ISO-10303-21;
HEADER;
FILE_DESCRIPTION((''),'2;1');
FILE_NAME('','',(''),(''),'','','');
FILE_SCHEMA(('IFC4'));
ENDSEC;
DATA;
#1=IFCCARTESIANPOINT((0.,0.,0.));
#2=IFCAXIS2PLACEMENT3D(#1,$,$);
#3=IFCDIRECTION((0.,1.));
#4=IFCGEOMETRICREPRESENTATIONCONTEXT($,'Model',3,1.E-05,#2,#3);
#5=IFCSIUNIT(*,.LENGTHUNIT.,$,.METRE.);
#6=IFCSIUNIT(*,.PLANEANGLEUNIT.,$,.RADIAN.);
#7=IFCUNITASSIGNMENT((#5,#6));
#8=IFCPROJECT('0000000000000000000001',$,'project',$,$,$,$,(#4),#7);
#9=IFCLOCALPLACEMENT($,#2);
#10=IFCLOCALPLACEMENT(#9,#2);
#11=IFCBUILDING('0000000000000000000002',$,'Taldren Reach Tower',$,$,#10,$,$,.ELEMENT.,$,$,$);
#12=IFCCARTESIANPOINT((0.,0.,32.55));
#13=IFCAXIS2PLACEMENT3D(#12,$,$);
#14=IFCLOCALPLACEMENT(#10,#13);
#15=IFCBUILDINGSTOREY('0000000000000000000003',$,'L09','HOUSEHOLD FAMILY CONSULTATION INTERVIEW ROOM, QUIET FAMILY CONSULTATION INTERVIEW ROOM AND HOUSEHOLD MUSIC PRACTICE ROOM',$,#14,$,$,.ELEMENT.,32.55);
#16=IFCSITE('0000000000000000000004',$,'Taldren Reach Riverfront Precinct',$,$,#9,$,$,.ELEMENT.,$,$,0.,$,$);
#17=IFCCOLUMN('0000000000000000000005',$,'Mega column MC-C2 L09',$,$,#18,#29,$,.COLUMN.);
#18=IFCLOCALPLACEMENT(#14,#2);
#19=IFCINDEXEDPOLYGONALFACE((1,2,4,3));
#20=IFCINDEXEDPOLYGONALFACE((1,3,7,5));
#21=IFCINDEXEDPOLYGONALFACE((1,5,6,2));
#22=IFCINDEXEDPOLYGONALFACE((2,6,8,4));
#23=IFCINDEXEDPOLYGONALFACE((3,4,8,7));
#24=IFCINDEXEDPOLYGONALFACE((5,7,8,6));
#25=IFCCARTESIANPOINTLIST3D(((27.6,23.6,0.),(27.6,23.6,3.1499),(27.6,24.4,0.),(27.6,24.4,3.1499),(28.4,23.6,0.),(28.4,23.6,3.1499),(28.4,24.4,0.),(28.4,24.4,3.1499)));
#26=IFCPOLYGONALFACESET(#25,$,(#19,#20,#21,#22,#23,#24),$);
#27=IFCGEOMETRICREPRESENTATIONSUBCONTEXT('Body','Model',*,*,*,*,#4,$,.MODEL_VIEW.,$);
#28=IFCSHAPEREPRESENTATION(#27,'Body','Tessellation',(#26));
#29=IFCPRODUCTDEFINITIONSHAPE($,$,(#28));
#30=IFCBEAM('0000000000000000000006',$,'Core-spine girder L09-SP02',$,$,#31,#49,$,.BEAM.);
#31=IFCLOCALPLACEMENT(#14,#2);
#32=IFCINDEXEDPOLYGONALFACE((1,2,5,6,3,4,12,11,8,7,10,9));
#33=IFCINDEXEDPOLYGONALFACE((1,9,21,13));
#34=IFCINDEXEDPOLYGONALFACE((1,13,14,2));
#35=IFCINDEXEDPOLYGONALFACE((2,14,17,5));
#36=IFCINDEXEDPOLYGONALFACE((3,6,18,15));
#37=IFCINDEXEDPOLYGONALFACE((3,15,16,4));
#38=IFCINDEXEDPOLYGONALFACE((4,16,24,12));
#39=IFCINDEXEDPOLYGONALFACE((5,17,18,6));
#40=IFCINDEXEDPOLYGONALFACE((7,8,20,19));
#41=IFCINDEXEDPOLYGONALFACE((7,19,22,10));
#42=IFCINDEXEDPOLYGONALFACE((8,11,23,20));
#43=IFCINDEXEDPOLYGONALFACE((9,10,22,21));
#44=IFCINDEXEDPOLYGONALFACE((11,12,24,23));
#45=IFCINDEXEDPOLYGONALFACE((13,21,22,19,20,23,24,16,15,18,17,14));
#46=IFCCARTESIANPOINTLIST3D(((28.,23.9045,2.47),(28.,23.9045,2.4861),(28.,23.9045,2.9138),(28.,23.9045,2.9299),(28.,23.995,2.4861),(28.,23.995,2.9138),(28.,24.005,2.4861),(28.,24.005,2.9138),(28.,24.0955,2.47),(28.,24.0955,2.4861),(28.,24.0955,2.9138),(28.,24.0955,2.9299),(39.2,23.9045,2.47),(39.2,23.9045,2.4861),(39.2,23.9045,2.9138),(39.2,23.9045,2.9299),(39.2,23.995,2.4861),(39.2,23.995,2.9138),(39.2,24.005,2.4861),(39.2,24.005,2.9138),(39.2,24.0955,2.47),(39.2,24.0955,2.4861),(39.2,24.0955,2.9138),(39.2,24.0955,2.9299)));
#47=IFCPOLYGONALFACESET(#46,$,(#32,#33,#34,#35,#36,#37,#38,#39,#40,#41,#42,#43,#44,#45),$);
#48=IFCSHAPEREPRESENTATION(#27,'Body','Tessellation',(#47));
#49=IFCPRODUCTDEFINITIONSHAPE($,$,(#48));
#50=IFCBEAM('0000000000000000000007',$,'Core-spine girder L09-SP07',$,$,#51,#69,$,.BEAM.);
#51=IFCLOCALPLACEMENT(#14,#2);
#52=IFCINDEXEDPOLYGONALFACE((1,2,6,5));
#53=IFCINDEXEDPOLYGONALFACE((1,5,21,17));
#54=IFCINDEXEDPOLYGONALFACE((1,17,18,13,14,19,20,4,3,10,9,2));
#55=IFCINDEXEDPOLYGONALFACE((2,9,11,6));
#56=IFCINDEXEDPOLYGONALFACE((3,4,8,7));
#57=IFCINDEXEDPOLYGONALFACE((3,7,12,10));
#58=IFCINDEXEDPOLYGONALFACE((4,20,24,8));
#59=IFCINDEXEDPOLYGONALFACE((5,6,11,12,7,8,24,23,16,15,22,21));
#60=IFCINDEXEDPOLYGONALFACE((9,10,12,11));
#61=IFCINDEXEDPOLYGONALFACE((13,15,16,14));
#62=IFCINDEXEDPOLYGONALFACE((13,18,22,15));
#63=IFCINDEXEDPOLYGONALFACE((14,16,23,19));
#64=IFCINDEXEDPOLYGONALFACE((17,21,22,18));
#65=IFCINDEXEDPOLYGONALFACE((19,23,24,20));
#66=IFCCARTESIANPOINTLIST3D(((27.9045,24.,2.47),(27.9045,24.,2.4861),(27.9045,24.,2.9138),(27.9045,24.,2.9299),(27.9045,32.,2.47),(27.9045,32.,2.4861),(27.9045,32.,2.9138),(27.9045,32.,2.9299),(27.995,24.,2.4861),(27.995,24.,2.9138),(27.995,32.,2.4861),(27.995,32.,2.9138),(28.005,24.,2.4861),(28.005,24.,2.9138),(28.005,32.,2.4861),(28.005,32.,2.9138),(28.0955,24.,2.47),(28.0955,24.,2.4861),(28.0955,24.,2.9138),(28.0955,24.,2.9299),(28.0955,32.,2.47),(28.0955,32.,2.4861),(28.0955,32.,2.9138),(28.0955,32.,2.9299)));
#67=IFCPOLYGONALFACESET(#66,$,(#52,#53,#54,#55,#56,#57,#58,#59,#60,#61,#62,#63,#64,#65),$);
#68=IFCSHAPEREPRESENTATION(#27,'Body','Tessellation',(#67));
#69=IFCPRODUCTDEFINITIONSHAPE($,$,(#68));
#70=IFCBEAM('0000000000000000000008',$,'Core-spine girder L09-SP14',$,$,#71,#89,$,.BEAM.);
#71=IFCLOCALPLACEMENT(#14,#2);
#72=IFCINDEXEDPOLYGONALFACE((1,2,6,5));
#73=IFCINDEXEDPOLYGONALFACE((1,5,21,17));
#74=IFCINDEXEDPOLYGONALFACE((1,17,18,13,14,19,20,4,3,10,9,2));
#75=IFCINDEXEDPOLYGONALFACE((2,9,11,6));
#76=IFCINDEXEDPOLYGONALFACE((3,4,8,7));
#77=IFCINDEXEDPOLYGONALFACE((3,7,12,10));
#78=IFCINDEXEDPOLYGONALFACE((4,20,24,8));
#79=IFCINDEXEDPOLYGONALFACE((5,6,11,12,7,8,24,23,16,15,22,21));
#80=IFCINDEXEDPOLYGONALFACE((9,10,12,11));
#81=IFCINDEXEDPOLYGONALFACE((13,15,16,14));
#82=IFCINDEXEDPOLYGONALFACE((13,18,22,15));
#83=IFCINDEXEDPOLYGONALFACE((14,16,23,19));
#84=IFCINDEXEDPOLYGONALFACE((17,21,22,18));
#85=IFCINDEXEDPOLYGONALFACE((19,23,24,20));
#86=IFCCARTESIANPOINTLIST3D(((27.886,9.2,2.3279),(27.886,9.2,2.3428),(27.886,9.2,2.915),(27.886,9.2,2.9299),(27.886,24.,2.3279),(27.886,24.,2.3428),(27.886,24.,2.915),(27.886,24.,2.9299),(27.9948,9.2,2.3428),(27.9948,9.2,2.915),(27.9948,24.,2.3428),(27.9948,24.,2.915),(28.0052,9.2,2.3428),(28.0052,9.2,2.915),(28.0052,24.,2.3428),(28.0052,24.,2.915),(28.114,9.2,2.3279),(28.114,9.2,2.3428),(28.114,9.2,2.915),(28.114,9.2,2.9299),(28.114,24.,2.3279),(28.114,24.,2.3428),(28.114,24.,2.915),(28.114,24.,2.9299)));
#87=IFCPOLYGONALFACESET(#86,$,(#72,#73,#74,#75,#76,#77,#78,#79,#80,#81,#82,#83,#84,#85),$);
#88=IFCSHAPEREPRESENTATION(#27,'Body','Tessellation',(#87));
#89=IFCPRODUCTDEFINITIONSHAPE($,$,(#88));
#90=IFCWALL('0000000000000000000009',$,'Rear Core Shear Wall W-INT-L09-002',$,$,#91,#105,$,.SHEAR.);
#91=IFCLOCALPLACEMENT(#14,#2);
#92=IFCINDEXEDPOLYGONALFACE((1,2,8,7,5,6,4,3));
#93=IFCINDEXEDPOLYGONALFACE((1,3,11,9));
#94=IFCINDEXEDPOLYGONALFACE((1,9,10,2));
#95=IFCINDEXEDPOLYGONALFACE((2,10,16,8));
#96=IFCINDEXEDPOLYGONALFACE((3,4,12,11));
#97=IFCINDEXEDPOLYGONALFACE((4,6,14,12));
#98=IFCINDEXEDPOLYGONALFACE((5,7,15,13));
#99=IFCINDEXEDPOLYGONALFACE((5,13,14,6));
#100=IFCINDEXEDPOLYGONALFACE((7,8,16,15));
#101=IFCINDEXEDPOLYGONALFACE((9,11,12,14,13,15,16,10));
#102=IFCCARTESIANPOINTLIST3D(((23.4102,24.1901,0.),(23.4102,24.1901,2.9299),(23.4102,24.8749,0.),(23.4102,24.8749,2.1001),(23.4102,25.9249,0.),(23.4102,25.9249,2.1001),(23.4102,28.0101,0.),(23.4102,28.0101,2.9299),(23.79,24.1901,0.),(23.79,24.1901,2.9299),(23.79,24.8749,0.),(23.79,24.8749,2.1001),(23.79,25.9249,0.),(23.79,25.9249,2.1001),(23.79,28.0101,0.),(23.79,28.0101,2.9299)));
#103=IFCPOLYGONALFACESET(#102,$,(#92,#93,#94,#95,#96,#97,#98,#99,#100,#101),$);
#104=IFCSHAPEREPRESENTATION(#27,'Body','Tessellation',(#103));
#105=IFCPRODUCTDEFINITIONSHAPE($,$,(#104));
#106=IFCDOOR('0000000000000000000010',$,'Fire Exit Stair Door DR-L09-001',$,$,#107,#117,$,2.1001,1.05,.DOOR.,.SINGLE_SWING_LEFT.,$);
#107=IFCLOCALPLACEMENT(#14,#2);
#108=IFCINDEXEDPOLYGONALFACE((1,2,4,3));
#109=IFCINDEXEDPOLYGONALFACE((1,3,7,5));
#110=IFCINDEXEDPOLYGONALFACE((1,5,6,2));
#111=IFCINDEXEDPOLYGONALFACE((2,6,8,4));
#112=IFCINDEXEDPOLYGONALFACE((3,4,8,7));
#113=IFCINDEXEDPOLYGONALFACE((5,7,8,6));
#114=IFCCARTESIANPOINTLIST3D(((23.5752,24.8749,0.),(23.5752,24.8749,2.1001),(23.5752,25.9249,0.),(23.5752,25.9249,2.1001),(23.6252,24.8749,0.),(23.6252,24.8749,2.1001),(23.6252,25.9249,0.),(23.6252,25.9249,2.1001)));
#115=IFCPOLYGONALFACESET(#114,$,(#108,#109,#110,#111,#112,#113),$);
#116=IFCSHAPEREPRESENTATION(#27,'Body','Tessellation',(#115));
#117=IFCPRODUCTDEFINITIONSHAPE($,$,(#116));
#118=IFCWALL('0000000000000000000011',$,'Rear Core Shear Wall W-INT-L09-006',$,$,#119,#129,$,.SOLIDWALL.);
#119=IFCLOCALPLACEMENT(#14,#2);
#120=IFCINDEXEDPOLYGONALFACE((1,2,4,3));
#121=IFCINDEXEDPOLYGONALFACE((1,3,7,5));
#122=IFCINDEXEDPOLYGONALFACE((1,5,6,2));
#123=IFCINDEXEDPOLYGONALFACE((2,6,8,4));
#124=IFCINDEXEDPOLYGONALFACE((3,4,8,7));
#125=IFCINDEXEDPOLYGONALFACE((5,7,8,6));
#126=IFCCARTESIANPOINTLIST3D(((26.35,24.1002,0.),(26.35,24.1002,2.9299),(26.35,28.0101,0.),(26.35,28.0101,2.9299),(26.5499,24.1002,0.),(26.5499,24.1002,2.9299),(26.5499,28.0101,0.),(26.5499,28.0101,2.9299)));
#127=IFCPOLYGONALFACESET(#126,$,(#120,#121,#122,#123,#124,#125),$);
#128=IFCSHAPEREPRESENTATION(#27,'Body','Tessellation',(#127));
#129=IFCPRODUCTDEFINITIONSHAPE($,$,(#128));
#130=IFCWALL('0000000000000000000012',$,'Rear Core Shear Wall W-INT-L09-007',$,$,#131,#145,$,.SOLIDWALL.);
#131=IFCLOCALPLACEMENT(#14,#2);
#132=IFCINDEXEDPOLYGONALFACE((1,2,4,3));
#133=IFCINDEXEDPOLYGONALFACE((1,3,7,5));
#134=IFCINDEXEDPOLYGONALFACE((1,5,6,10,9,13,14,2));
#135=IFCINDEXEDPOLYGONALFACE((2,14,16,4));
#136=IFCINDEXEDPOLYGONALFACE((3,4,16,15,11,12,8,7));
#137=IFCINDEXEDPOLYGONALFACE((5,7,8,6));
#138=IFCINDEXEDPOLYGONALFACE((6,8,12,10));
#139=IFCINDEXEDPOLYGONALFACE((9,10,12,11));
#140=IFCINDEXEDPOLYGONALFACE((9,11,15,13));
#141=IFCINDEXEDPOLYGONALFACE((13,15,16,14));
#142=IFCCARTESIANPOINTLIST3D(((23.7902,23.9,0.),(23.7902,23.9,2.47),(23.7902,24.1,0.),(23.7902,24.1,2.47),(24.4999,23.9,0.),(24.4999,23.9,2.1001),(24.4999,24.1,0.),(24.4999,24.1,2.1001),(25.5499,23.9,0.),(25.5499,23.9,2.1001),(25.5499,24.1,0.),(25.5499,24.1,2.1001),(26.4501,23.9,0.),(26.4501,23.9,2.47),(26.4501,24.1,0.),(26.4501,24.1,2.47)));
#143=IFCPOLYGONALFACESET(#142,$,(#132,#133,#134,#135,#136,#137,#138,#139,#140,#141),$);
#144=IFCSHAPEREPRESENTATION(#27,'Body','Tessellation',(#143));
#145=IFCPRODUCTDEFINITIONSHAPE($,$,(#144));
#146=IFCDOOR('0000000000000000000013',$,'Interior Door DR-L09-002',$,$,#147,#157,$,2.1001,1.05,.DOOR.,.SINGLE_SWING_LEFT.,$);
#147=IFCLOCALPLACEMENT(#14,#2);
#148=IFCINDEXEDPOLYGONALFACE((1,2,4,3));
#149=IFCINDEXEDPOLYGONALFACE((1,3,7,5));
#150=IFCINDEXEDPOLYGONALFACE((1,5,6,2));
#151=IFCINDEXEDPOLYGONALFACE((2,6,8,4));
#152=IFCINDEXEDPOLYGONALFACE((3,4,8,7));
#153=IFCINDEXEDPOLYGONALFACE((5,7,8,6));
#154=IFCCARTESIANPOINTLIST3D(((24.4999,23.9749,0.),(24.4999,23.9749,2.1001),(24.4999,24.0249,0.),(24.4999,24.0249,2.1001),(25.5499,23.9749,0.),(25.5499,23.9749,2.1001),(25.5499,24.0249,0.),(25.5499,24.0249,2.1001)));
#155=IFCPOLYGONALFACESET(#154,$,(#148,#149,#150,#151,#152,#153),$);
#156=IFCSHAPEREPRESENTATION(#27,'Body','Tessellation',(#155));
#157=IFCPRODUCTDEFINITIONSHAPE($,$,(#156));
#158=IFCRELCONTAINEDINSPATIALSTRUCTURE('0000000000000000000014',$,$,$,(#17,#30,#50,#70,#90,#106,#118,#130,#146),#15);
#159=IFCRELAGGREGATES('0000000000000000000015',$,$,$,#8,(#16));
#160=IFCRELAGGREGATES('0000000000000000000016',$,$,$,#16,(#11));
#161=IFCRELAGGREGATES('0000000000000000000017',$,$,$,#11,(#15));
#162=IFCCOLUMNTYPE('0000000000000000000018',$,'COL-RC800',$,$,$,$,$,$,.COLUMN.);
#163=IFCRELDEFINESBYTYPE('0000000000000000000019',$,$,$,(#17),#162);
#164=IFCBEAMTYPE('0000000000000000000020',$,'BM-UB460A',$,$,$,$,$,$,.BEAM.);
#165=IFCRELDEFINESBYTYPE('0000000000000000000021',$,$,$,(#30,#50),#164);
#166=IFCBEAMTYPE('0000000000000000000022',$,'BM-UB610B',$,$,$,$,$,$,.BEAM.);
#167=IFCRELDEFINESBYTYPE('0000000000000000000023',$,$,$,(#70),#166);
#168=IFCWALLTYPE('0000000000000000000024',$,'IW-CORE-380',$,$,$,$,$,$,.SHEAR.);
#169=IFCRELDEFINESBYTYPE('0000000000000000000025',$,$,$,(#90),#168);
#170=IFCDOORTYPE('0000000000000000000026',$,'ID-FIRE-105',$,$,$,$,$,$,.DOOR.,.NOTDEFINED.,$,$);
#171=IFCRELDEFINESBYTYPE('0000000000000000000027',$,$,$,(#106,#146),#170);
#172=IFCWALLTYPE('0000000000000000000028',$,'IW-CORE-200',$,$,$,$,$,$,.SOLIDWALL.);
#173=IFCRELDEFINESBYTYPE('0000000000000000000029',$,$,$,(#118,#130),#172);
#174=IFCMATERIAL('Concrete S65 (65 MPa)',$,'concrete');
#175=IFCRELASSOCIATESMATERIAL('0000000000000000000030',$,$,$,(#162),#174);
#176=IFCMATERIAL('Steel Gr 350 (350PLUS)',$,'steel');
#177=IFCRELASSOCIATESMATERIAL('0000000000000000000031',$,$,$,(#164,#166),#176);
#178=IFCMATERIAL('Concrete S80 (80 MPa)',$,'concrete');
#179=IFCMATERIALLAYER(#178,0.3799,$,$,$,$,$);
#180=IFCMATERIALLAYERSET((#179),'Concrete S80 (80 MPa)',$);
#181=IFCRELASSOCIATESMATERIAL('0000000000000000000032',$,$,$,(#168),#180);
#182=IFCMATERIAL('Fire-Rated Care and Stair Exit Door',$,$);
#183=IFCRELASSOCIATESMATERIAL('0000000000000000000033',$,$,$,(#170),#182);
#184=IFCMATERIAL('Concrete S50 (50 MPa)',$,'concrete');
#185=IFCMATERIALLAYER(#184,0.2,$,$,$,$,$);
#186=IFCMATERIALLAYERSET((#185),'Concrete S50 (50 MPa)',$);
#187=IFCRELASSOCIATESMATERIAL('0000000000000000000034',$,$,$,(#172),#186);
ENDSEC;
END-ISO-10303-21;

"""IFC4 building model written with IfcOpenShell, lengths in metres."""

from ifc_helpers import new_model, si_unit, direction, frame, frame_2d, origin, origin_2d, place, context, subcontext, project, spatial, rectangle, i_section, extrude, source, transform, mapped, material, layer, layer_set, material_profile, profile_set, type_object, element, fill, save


model = new_model("IFC4")

# Units and contexts
model_context = context("Model", 3, precision=1e-05, world=origin(), true_north=direction((0.0, 1.0)))
body_context = subcontext(model_context, "Body", "Model", "MODEL_VIEW")
ifc_project = project(units=[si_unit("LENGTHUNIT", "METRE"), si_unit("PLANEANGLEUNIT", "RADIAN")], contexts=[model_context])

# Site, building, storey
site_placement = place(None, origin())
site = spatial("IfcSite", under=ifc_project, at=site_placement, Name="Taldren Reach Riverfront Precinct", CompositionType="ELEMENT", RefElevation=0.0)
building_placement = place(site_placement, origin())
building = spatial("IfcBuilding", under=site, at=building_placement, Name="Taldren Reach Tower", CompositionType="ELEMENT")
storey_placement = place(building_placement, frame((0.0, 0.0, 32.55)))
storey = spatial("IfcBuildingStorey", under=building, at=storey_placement, Name="L09", Description="HOUSEHOLD FAMILY CONSULTATION INTERVIEW ROOM, QUIET FAMILY CONSULTATION INTERVIEW ROOM AND HOUSEHOLD MUSIC PRACTICE ROOM", CompositionType="ELEMENT", Elevation=32.55)

# Column
ifc_material_1 = material(Name="Concrete S65 (65 MPa)", Category="concrete")
ifc_material_profile_1 = material_profile(ifc_material_1, rectangle(XDim=0.8, YDim=0.8, at=origin_2d()), Name="RC-800x800")
ifc_profile_set_1 = profile_set([ifc_material_profile_1], Name="Concrete S65 (65 MPa)")
column_type = type_object("IfcColumnType", Name="COL-RC800", PredefinedType="COLUMN", material=ifc_profile_set_1)
shared_shape_1 = source(origin(), body_context, "Body", "SweptSolid", [
    extrude(rectangle(XDim=0.8, YDim=0.8, at=origin_2d()), origin(), (0.0, 0.0, 1.0), 3.1499),
])
column_placement = place(storey_placement, frame((28.0, 24.0, 0.0), z_axis=(0.0, 0.0, 1.0), x_axis=(1.0, 0.0, 0.0)))
element("IfcColumn", 1, at=column_placement, inside=storey, type_object=column_type, Name="Mega column MC-C2 L09", PredefinedType="COLUMN", context=body_context, shape_type="MappedRepresentation", body=[
    mapped(shared_shape_1, transform((0.0, 0.0, 0.0), scale=1.0)),
])

# Beams
ifc_material_2 = material(Name="Steel Gr 350 (350PLUS)", Category="steel")
ifc_material_profile_2 = material_profile(ifc_material_2, i_section(OverallWidth=0.1909, OverallDepth=0.46, WebThickness=0.01, FlangeThickness=0.0161, at=origin_2d()), Name="460UB82.1")
ifc_profile_set_2 = profile_set([ifc_material_profile_2], Name="Steel Gr 350 (350PLUS)")
beam_type_1 = type_object("IfcBeamType", Name="BM-UB460A", PredefinedType="BEAM", material=ifc_profile_set_2)
shared_shape_2 = source(origin(), body_context, "Body", "SweptSolid", [
    extrude(i_section(OverallWidth=0.1909, OverallDepth=0.46, WebThickness=0.01, FlangeThickness=0.0161, at=origin_2d()), origin(), (0.0, 0.0, 1.0), 11.2),
])
beam_1_placement = place(storey_placement, frame((28.0, 24.0, 2.7), z_axis=(1.0, 0.0, 0.0), x_axis=(0.0, 1.0, 0.0)))
element("IfcBeam", 2, at=beam_1_placement, inside=storey, type_object=beam_type_1, Name="Core-spine girder L09-SP02", PredefinedType="BEAM", context=body_context, shape_type="MappedRepresentation", body=[
    mapped(shared_shape_2, transform((0.0, 0.0, 0.0), scale=1.0)),
])
shared_shape_3 = source(origin(), body_context, "Body", "SweptSolid", [
    extrude(i_section(OverallWidth=0.1909, OverallDepth=0.46, WebThickness=0.01, FlangeThickness=0.0161, at=origin_2d()), origin(), (0.0, 0.0, 1.0), 8.0),
])
beam_2_placement = place(storey_placement, frame((28.0, 24.0, 2.7), z_axis=(0.0, 1.0, 0.0), x_axis=(-1.0, 0.0, 0.0)))
element("IfcBeam", 3, at=beam_2_placement, inside=storey, type_object=beam_type_1, Name="Core-spine girder L09-SP07", PredefinedType="BEAM", context=body_context, shape_type="MappedRepresentation", body=[
    mapped(shared_shape_3, transform((0.0, 0.0, 0.0), scale=1.0)),
])
ifc_material_profile_3 = material_profile(ifc_material_2, i_section(OverallWidth=0.228, OverallDepth=0.6021, WebThickness=0.0105, FlangeThickness=0.0149, at=origin_2d()), Name="610UB101")
ifc_profile_set_3 = profile_set([ifc_material_profile_3], Name="Steel Gr 350 (350PLUS)")
beam_type_2 = type_object("IfcBeamType", Name="BM-UB610B", PredefinedType="BEAM", material=ifc_profile_set_3)
shared_shape_4 = source(origin(), body_context, "Body", "SweptSolid", [
    extrude(i_section(OverallWidth=0.228, OverallDepth=0.6021, WebThickness=0.0105, FlangeThickness=0.0149, at=origin_2d()), origin(), (0.0, 0.0, 1.0), 14.8),
])
beam_3_placement = place(storey_placement, frame((28.0, 24.0, 2.6289), z_axis=(0.0, -1.0, 0.0), x_axis=(1.0, 0.0, 0.0)))
element("IfcBeam", 4, at=beam_3_placement, inside=storey, type_object=beam_type_2, Name="Core-spine girder L09-SP14", PredefinedType="BEAM", context=body_context, shape_type="MappedRepresentation", body=[
    mapped(shared_shape_4, transform((0.0, 0.0, 0.0), scale=1.0)),
])

# Wall, opening, door
ifc_material_3 = material(Name="Concrete S80 (80 MPa)", Category="concrete")
ifc_layer_1 = layer(ifc_material_3, 0.3799)
ifc_layer_set_1 = layer_set([ifc_layer_1], Name="Concrete S80 (80 MPa)")
wall_type_1 = type_object("IfcWallType", Name="IW-CORE-380", PredefinedType="SHEAR", material=ifc_layer_set_1)
shared_shape_5 = source(origin(), body_context, "Body", "SweptSolid", [
    extrude(rectangle(XDim=3.8201, YDim=0.3799, at=frame_2d((1.9102, 0.0))), origin(), (0.0, 0.0, 1.0), 2.9299),
])
wall_1_placement = place(storey_placement, frame((23.6001, 24.1899, 0.0), z_axis=(0.0, 0.0, 1.0), x_axis=(0.0, 1.0, 0.0)))
wall_1 = element("IfcWall", 5, at=wall_1_placement, inside=storey, type_object=wall_type_1, Name="Rear Core Shear Wall W-INT-L09-002", PredefinedType="SHEAR", context=body_context, shape_type="MappedRepresentation", body=[
    mapped(shared_shape_5, transform((0.0, 0.0, 0.0), scale=1.0)),
])
shared_shape_6 = source(origin(), body_context, "Body", "SweptSolid", [
    extrude(rectangle(XDim=1.05, YDim=2.1001, at=frame_2d((0.5249, 1.05))), frame((0.0, 0.2, 0.0), z_axis=(0.0, -1.0, 0.0), x_axis=(1.0, 0.0, 0.0)), (0.0, 0.0, 1.0), 0.3999),
])
opening_1_placement = place(wall_1_placement, frame((0.6851, 0.0, 0.0)))
opening_1 = element("IfcOpeningElement", 6, at=opening_1_placement, cuts=wall_1, PredefinedType="OPENING", context=body_context, shape_type="MappedRepresentation", body=[
    mapped(shared_shape_6, transform((0.0, 0.0, 0.0), scale=1.0)),
])
ifc_material_4 = material(Name="Fire-Rated Care and Stair Exit Door")
door_type = type_object("IfcDoorType", Name="ID-FIRE-105", OperationType="NOTDEFINED", PredefinedType="DOOR", material=ifc_material_4)
shared_shape_7 = source(origin(), body_context, "Body", "SweptSolid", [
    extrude(rectangle(XDim=1.05, YDim=2.1001, at=frame_2d((0.5249, 1.05))), frame((0.0, 0.0249, 0.0), z_axis=(0.0, -1.0, 0.0), x_axis=(1.0, 0.0, 0.0)), (0.0, 0.0, 1.0), 0.05),
])
door_1_placement = place(opening_1_placement, origin())
door_1 = element("IfcDoor", 7, at=door_1_placement, inside=storey, type_object=door_type, Name="Fire Exit Stair Door DR-L09-001", OperationType="SINGLE_SWING_LEFT", OverallHeight=2.1001, OverallWidth=1.05, PredefinedType="DOOR", context=body_context, shape_type="MappedRepresentation", body=[
    mapped(shared_shape_7, transform((0.0, 0.0, 0.0), scale=1.0)),
])
fill(opening_1, door_1)

# Wall
ifc_material_5 = material(Name="Concrete S50 (50 MPa)", Category="concrete")
ifc_layer_2 = layer(ifc_material_5, 0.2)
ifc_layer_set_2 = layer_set([ifc_layer_2], Name="Concrete S50 (50 MPa)")
wall_type_2 = type_object("IfcWallType", Name="IW-CORE-200", PredefinedType="SOLIDWALL", material=ifc_layer_set_2)
shared_shape_8 = source(origin(), body_context, "Body", "SweptSolid", [
    extrude(rectangle(XDim=3.9099, YDim=0.2, at=frame_2d((1.9551, 0.0))), origin(), (0.0, 0.0, 1.0), 2.9299),
])
wall_2_placement = place(storey_placement, frame((26.45, 24.1001, 0.0), z_axis=(0.0, 0.0, 1.0), x_axis=(0.0, 1.0, 0.0)))
element("IfcWall", 8, at=wall_2_placement, inside=storey, type_object=wall_type_2, Name="Rear Core Shear Wall W-INT-L09-006", PredefinedType="SOLIDWALL", context=body_context, shape_type="MappedRepresentation", body=[
    mapped(shared_shape_8, transform((0.0, 0.0, 0.0), scale=1.0)),
])

# Wall, opening, door
shared_shape_9 = source(origin(), body_context, "Body", "SweptSolid", [
    extrude(rectangle(XDim=2.6599, YDim=0.2, at=frame_2d((1.3301, 0.0))), origin(), (0.0, 0.0, 1.0), 2.47),
])
wall_3_placement = place(storey_placement, frame((23.79, 24.0, 0.0), z_axis=(0.0, 0.0, 1.0), x_axis=(1.0, 0.0, 0.0)))
wall_3 = element("IfcWall", 9, at=wall_3_placement, inside=storey, type_object=wall_type_2, Name="Rear Core Shear Wall W-INT-L09-007", PredefinedType="SOLIDWALL", context=body_context, shape_type="MappedRepresentation", body=[
    mapped(shared_shape_9, transform((0.0, 0.0, 0.0), scale=1.0)),
])
shared_shape_10 = source(origin(), body_context, "Body", "SweptSolid", [
    extrude(rectangle(XDim=1.05, YDim=2.1001, at=frame_2d((0.5249, 1.05))), frame((0.0, 0.1099, 0.0), z_axis=(0.0, -1.0, 0.0), x_axis=(1.0, 0.0, 0.0)), (0.0, 0.0, 1.0), 0.22),
])
opening_2_placement = place(wall_3_placement, frame((0.71, 0.0, 0.0)))
opening_2 = element("IfcOpeningElement", 10, at=opening_2_placement, cuts=wall_3, PredefinedType="OPENING", context=body_context, shape_type="MappedRepresentation", body=[
    mapped(shared_shape_10, transform((0.0, 0.0, 0.0), scale=1.0)),
])
door_2_placement = place(opening_2_placement, origin())
door_2 = element("IfcDoor", 11, at=door_2_placement, inside=storey, type_object=door_type, Name="Interior Door DR-L09-002", OperationType="SINGLE_SWING_LEFT", OverallHeight=2.1001, OverallWidth=1.05, PredefinedType="DOOR", context=body_context, shape_type="MappedRepresentation", body=[
    mapped(shared_shape_7, transform((0.0, 0.0, 0.0), scale=1.0)),
])
fill(opening_2, door_2)

save(model, "model.ifc")
